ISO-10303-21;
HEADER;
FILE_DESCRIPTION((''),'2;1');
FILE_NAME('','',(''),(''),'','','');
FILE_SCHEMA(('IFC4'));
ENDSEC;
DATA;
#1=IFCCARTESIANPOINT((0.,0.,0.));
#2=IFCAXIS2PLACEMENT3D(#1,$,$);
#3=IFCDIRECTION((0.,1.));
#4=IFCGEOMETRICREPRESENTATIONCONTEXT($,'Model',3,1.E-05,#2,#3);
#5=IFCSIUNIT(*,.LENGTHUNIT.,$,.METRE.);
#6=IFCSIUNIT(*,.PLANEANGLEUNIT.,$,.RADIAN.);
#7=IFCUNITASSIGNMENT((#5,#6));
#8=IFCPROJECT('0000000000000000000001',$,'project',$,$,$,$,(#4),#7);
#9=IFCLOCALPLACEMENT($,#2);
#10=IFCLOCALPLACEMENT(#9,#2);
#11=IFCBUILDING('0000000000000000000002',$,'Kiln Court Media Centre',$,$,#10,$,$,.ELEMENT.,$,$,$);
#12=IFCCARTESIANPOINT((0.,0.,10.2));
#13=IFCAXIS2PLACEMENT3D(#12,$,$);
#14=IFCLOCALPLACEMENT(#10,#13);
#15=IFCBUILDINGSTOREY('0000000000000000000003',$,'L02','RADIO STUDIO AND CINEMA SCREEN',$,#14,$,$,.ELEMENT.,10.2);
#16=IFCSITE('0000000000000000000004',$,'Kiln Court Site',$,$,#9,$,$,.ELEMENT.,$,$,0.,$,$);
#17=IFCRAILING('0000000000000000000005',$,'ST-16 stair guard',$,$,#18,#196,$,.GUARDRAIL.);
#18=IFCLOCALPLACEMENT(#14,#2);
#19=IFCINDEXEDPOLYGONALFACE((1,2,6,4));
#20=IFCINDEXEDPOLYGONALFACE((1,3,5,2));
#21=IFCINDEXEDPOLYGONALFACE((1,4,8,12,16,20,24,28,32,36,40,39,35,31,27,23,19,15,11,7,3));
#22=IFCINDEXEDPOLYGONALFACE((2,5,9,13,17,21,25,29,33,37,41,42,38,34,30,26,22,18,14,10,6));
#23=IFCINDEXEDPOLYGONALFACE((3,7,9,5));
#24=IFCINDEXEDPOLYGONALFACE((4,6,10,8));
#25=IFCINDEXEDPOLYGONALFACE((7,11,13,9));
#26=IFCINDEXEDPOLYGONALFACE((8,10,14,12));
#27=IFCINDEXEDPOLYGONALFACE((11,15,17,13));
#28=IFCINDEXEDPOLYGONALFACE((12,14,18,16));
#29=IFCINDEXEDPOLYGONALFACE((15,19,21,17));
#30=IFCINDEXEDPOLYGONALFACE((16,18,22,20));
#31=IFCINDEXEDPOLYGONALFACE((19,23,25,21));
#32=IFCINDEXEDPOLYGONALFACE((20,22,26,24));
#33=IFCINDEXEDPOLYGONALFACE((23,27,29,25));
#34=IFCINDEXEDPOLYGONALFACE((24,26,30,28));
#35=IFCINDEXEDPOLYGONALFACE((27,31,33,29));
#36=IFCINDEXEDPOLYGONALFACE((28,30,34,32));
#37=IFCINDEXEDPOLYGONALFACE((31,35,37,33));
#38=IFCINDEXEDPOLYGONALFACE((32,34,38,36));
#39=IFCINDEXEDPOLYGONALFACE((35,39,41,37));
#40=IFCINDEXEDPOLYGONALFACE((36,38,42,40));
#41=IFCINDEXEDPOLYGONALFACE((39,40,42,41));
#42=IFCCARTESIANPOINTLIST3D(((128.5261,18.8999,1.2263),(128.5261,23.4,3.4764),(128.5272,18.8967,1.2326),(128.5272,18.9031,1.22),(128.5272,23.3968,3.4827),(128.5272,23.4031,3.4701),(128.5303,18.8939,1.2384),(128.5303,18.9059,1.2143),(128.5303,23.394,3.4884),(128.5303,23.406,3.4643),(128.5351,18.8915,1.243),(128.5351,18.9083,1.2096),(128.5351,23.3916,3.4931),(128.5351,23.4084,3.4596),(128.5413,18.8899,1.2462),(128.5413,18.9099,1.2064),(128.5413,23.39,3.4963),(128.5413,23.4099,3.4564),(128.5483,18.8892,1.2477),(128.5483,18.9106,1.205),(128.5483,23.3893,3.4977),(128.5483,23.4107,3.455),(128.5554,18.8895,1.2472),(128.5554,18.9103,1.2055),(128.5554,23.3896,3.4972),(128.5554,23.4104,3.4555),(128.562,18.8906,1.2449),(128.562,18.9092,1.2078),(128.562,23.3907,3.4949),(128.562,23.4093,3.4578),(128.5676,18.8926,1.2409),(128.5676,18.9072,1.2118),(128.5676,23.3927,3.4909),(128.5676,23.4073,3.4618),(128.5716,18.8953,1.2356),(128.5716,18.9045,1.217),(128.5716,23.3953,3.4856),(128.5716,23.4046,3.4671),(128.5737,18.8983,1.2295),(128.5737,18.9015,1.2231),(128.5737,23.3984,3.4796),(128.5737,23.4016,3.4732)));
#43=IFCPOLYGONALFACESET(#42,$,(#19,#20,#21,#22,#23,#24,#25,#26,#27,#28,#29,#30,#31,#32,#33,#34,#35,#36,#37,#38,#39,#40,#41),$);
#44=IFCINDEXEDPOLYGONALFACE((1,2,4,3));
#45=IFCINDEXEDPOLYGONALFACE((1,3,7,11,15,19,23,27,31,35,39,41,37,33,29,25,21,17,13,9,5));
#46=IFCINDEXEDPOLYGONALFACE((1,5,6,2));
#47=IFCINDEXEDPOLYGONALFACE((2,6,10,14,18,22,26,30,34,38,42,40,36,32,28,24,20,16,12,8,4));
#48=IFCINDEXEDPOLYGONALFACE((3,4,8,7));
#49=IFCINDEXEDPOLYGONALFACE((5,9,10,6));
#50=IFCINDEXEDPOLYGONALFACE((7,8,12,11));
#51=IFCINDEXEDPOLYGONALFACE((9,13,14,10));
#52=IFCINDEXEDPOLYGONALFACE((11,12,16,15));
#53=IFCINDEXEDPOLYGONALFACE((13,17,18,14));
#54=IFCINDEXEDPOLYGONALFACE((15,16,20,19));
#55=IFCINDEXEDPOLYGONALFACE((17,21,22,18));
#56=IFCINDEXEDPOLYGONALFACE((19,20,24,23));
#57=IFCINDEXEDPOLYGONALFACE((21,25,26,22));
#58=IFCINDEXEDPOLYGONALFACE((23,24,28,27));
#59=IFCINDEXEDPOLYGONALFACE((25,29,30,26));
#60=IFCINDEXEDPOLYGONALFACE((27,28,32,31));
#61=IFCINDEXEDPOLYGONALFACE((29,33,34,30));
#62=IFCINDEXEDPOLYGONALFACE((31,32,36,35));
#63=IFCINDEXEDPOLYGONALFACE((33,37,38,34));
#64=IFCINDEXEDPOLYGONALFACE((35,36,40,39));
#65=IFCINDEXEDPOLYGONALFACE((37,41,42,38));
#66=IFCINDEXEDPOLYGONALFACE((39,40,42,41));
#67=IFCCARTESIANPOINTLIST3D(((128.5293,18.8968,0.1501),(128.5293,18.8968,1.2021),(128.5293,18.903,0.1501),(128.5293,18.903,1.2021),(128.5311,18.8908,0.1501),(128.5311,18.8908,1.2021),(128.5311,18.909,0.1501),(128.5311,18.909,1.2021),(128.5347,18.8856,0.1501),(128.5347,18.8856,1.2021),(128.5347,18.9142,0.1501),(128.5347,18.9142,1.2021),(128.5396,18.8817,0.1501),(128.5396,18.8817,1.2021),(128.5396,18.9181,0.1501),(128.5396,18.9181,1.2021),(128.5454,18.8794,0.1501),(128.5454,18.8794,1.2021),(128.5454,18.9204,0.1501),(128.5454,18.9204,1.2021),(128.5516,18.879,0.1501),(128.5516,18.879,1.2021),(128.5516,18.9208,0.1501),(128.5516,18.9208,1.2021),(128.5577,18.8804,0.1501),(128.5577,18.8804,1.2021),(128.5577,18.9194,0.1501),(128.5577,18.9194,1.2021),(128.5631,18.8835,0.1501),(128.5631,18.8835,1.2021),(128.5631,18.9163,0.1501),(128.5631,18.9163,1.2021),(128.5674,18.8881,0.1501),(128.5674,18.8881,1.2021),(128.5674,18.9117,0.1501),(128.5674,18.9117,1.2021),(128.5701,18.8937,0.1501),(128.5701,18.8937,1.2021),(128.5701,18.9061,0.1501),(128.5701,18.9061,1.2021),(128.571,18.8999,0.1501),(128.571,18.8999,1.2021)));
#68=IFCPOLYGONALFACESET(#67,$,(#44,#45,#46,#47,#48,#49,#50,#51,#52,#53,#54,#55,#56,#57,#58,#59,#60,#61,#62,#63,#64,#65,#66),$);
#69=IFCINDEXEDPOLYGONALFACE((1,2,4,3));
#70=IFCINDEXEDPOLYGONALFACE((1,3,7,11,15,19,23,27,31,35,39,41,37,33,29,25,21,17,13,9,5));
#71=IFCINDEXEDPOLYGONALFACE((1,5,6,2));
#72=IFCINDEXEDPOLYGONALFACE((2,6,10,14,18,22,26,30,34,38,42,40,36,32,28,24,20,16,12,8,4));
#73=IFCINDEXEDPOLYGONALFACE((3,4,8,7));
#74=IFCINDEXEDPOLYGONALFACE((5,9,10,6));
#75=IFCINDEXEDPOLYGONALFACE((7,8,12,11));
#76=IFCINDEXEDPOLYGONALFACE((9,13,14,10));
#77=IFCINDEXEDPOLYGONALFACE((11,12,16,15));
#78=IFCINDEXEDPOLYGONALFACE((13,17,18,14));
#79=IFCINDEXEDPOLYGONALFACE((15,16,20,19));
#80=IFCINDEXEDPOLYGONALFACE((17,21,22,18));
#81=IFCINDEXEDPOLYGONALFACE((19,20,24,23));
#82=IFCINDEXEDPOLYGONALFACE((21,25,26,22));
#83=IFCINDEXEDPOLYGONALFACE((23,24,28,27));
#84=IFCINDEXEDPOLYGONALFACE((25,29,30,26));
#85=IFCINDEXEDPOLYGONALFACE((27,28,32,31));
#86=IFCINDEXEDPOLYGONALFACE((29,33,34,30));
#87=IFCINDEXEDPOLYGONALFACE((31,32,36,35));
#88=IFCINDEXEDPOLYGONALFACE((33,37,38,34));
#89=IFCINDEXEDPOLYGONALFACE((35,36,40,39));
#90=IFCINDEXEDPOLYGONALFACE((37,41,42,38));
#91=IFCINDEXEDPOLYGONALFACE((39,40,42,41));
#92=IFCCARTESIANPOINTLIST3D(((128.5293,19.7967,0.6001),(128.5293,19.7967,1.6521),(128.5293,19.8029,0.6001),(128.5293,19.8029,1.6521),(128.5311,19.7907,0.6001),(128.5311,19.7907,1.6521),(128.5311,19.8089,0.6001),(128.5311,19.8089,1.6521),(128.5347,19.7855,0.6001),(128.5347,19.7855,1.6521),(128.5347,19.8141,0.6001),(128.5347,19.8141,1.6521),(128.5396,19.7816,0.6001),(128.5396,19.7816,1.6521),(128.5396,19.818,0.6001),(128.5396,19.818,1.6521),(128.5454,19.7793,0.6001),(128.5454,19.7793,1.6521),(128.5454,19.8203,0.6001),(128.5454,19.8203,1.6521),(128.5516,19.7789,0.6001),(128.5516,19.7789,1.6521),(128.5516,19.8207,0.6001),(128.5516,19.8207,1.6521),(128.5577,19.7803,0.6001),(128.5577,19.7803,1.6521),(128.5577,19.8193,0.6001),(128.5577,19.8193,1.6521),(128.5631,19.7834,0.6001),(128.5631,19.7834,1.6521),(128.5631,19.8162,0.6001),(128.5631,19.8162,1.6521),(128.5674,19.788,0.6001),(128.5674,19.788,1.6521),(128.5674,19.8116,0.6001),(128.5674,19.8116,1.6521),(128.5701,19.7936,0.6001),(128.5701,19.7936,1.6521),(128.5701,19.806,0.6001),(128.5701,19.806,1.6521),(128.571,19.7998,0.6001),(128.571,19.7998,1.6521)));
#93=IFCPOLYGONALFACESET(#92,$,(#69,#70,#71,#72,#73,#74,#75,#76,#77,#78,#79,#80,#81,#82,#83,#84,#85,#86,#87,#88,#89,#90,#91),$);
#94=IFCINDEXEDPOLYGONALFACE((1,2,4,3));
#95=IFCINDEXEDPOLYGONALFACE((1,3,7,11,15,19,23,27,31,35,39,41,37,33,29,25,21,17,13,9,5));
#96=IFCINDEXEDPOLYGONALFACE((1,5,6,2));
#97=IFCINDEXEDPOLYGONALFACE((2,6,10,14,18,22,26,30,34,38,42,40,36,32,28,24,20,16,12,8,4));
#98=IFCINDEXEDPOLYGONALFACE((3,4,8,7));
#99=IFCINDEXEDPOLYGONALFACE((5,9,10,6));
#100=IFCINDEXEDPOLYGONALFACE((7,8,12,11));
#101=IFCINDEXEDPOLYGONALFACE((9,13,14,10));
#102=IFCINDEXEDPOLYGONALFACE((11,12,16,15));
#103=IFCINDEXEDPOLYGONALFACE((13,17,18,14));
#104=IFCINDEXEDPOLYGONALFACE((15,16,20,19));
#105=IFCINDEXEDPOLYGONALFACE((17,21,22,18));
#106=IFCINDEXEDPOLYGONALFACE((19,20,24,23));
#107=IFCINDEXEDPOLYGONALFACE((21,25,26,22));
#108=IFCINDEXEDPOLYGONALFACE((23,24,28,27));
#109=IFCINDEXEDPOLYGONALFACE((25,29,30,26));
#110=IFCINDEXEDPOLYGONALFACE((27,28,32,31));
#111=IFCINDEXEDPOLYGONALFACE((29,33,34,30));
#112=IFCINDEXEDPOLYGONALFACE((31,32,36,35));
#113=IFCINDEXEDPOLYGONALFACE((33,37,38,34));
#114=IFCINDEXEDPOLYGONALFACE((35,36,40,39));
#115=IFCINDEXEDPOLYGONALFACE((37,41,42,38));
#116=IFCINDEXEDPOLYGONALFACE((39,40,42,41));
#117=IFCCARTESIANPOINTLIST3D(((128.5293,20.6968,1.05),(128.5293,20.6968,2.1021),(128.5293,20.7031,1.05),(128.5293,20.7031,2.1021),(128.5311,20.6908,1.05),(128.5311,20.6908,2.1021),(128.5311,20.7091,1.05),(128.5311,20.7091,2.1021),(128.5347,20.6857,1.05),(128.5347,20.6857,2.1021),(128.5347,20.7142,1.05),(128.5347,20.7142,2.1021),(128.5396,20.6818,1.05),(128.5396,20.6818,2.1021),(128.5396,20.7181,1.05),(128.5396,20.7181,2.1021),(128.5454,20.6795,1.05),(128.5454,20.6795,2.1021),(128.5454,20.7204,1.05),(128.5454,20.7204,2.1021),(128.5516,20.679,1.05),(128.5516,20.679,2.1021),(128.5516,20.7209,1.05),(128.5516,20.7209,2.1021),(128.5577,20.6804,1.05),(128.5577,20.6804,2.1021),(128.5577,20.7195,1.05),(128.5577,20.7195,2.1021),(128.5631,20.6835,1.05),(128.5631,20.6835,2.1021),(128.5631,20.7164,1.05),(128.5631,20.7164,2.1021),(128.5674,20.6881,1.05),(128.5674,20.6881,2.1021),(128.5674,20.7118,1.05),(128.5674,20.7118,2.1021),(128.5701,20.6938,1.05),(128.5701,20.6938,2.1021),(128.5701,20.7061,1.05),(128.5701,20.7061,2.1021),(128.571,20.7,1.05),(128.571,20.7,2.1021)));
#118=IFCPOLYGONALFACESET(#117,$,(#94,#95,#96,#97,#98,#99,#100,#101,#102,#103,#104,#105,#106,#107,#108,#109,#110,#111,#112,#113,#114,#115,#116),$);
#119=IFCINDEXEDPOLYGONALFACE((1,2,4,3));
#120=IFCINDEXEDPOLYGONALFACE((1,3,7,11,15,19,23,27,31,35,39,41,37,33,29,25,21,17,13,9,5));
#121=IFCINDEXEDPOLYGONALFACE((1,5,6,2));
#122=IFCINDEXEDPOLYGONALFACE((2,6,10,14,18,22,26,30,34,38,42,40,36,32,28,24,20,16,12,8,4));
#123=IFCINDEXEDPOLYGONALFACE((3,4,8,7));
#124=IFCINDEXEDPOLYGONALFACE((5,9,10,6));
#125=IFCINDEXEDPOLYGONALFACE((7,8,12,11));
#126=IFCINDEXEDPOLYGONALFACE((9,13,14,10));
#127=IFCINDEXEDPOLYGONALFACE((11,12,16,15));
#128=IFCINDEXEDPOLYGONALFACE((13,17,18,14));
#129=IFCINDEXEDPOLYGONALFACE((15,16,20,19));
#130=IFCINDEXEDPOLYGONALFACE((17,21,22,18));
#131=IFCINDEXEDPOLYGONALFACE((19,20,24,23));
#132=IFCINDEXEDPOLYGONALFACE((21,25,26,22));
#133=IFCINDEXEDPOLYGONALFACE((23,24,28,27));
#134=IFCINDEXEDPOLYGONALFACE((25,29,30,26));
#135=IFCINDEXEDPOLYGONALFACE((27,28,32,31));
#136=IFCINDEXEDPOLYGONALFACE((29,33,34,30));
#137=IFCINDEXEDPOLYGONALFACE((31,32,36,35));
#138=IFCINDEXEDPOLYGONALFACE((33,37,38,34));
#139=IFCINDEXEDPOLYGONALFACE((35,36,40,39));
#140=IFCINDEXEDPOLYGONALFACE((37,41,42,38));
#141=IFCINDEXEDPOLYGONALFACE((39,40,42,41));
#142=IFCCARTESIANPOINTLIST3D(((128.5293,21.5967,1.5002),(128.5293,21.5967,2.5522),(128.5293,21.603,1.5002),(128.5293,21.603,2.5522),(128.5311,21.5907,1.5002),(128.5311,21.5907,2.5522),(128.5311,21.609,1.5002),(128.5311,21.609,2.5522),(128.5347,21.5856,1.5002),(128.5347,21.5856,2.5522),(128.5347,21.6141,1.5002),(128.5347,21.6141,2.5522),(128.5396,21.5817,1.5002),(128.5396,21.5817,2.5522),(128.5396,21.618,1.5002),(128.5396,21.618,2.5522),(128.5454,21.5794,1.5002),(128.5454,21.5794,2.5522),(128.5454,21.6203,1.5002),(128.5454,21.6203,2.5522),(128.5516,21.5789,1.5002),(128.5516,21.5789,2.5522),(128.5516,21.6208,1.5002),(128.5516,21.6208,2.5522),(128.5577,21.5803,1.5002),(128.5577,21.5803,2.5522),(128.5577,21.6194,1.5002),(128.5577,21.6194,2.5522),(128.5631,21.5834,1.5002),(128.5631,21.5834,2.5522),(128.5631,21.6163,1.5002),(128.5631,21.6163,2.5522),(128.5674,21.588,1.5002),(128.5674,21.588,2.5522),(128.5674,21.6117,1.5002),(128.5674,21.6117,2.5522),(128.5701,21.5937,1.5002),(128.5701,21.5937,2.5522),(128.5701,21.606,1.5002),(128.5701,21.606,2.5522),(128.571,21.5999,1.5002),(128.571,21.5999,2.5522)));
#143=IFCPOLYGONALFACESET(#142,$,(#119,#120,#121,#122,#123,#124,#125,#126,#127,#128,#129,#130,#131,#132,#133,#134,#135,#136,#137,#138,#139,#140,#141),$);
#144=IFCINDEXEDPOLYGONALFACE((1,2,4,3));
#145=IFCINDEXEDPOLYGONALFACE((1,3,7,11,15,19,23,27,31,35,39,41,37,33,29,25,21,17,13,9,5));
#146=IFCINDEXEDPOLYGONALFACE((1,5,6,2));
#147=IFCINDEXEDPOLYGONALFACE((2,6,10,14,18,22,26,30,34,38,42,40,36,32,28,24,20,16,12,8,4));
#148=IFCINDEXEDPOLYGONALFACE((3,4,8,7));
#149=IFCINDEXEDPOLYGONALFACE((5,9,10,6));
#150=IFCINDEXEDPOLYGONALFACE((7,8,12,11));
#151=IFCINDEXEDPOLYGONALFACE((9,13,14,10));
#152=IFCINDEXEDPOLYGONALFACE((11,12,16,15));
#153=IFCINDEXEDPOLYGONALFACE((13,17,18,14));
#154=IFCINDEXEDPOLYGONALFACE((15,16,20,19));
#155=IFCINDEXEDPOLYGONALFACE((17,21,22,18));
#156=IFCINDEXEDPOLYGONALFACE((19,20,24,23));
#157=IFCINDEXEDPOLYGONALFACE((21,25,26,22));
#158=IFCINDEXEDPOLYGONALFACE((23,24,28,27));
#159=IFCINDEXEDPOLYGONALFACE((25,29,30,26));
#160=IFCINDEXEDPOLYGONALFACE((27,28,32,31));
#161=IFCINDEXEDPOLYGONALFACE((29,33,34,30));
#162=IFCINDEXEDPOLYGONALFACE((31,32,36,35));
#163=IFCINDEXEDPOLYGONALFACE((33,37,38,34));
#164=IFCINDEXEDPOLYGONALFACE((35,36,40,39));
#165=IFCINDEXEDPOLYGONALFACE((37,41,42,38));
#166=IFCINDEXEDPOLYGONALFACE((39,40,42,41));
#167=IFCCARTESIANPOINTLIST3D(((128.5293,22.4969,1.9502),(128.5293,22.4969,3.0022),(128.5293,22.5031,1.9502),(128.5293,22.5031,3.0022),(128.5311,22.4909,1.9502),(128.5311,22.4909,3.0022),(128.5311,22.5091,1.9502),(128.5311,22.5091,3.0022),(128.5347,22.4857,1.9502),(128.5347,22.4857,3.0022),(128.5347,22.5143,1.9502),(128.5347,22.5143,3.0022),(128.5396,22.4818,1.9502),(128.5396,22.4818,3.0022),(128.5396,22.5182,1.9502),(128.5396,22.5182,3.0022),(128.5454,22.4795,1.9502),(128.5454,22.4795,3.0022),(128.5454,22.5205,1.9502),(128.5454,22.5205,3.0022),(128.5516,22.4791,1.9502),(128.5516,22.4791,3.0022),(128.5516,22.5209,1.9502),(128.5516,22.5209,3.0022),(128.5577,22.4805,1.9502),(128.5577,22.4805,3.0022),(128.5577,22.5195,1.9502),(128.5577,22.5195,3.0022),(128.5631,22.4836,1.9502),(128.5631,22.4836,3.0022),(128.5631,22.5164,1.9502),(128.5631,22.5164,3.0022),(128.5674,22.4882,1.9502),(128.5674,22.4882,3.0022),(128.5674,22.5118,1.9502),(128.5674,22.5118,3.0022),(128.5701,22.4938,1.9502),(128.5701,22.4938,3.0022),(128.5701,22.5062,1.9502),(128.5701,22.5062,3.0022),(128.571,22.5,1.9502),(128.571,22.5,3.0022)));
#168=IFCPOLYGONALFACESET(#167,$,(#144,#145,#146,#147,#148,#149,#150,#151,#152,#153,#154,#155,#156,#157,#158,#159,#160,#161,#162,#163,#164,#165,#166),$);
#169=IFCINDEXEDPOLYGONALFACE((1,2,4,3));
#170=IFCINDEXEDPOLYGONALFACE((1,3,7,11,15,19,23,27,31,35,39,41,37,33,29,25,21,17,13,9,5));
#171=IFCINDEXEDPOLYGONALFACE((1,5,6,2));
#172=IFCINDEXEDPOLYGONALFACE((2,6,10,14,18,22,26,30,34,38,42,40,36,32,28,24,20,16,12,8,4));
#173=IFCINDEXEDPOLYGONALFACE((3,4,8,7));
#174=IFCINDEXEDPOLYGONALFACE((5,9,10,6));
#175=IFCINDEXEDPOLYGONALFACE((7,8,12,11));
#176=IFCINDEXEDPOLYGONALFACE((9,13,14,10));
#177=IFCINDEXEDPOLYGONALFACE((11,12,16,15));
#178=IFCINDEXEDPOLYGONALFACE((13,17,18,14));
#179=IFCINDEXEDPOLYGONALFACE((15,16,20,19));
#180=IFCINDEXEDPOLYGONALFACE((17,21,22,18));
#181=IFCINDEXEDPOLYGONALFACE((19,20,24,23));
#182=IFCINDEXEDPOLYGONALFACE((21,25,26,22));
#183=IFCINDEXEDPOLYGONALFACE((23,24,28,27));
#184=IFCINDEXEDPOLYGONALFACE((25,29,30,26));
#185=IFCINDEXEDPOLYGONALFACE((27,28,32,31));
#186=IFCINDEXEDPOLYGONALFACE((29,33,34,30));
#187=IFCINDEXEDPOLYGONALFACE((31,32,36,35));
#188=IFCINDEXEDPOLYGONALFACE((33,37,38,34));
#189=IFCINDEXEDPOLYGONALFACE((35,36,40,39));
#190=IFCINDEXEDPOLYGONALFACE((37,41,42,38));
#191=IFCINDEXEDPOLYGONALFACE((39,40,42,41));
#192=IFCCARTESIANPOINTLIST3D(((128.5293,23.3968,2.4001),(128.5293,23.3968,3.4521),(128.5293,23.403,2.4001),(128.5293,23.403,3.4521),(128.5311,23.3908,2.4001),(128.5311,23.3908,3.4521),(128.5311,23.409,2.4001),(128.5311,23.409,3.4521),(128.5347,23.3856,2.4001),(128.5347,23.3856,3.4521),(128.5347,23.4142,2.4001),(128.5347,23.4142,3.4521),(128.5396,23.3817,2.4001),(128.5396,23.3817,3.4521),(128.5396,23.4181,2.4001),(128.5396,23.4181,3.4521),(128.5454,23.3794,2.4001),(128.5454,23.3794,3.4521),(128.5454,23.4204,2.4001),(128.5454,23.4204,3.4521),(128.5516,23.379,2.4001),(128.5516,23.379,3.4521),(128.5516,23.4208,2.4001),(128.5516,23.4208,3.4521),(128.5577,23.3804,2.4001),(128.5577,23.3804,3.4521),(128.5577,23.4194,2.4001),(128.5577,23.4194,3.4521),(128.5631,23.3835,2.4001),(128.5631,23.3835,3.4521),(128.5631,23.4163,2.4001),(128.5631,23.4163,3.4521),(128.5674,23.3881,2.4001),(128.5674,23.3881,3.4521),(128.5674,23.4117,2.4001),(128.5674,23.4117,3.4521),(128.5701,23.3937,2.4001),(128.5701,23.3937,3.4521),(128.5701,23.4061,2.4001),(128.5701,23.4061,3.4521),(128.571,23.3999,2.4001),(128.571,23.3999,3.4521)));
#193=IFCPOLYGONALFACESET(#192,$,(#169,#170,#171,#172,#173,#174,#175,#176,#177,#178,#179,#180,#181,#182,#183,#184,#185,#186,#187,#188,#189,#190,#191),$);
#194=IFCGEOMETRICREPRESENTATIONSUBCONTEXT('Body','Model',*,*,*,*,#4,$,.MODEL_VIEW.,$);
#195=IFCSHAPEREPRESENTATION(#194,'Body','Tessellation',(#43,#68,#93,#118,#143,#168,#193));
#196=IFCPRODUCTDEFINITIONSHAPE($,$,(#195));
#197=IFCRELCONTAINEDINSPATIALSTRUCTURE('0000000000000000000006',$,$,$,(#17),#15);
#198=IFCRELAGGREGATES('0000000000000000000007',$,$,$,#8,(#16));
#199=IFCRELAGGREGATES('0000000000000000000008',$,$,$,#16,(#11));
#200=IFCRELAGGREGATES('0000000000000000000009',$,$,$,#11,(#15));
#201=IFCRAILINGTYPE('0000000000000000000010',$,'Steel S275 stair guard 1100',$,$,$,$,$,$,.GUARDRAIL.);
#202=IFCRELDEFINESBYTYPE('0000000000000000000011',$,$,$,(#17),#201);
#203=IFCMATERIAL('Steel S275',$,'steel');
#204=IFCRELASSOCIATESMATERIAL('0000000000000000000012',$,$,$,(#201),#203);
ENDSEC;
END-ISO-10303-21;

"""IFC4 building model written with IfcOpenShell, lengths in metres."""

from ifc_helpers import new_model, si_unit, direction, frame, origin, origin_2d, place, context, subcontext, project, spatial, circle, extrude, material, type_object, element, save


model = new_model("IFC4")

# Units and contexts
model_context = context("Model", 3, precision=1e-05, world=origin(), true_north=direction((0.0, 1.0)))
body_context = subcontext(model_context, "Body", "Model", "MODEL_VIEW")
ifc_project = project(units=[si_unit("LENGTHUNIT", "METRE"), si_unit("PLANEANGLEUNIT", "RADIAN")], contexts=[model_context])

# Site, building, storey
site_placement = place(None, origin())
site = spatial("IfcSite", under=ifc_project, at=site_placement, Name="Kiln Court Site", CompositionType="ELEMENT", RefElevation=0.0)
building_placement = place(site_placement, origin())
building = spatial("IfcBuilding", under=site, at=building_placement, Name="Kiln Court Media Centre", CompositionType="ELEMENT")
storey_placement = place(building_placement, frame((0.0, 0.0, 10.2)))
storey = spatial("IfcBuildingStorey", under=building, at=storey_placement, Name="L02", Description="RADIO STUDIO AND CINEMA SCREEN", CompositionType="ELEMENT", Elevation=10.2)

# Railing
ifc_material_1 = material(Name="Steel S275", Category="steel")
railing_type_1 = type_object("IfcRailingType", Name="Steel S275 stair guard 1100", PredefinedType="GUARDRAIL", material=ifc_material_1)
railing_1_placement = place(storey_placement, frame((128.55, 18.8999, 0.1501)))
element("IfcRailing", 1, at=railing_1_placement, inside=storey, type_object=railing_type_1, Name="ST-16 stair guard", PredefinedType="GUARDRAIL", context=body_context, shape_type="SweptSolid", body=[
    extrude(circle(Radius=0.0239, at=origin_2d()), frame((0.0, 0.0, 1.0762), z_axis=(0.0, 0.894427, 0.447214), x_axis=(-1.0, 0.0, 0.0)), (0.0, 0.0, 1.0), 5.0312),
    extrude(circle(Radius=0.021, at=origin_2d()), origin(), (0.0, 0.0, 1.0), 1.052),
    extrude(circle(Radius=0.021, at=origin_2d()), frame((0.0, 0.8999, 0.45)), (0.0, 0.0, 1.0), 1.052),
    extrude(circle(Radius=0.021, at=origin_2d()), frame((0.0, 1.8, 0.8999)), (0.0, 0.0, 1.0), 1.052),
    extrude(circle(Radius=0.021, at=origin_2d()), frame((0.0, 2.7, 1.3501)), (0.0, 0.0, 1.0), 1.052),
    extrude(circle(Radius=0.021, at=origin_2d()), frame((0.0, 3.6001, 1.8)), (0.0, 0.0, 1.0), 1.052),
    extrude(circle(Radius=0.021, at=origin_2d()), frame((0.0, 4.5, 2.25)), (0.0, 0.0, 1.0), 1.052),
])

save(model, "model.ifc")
